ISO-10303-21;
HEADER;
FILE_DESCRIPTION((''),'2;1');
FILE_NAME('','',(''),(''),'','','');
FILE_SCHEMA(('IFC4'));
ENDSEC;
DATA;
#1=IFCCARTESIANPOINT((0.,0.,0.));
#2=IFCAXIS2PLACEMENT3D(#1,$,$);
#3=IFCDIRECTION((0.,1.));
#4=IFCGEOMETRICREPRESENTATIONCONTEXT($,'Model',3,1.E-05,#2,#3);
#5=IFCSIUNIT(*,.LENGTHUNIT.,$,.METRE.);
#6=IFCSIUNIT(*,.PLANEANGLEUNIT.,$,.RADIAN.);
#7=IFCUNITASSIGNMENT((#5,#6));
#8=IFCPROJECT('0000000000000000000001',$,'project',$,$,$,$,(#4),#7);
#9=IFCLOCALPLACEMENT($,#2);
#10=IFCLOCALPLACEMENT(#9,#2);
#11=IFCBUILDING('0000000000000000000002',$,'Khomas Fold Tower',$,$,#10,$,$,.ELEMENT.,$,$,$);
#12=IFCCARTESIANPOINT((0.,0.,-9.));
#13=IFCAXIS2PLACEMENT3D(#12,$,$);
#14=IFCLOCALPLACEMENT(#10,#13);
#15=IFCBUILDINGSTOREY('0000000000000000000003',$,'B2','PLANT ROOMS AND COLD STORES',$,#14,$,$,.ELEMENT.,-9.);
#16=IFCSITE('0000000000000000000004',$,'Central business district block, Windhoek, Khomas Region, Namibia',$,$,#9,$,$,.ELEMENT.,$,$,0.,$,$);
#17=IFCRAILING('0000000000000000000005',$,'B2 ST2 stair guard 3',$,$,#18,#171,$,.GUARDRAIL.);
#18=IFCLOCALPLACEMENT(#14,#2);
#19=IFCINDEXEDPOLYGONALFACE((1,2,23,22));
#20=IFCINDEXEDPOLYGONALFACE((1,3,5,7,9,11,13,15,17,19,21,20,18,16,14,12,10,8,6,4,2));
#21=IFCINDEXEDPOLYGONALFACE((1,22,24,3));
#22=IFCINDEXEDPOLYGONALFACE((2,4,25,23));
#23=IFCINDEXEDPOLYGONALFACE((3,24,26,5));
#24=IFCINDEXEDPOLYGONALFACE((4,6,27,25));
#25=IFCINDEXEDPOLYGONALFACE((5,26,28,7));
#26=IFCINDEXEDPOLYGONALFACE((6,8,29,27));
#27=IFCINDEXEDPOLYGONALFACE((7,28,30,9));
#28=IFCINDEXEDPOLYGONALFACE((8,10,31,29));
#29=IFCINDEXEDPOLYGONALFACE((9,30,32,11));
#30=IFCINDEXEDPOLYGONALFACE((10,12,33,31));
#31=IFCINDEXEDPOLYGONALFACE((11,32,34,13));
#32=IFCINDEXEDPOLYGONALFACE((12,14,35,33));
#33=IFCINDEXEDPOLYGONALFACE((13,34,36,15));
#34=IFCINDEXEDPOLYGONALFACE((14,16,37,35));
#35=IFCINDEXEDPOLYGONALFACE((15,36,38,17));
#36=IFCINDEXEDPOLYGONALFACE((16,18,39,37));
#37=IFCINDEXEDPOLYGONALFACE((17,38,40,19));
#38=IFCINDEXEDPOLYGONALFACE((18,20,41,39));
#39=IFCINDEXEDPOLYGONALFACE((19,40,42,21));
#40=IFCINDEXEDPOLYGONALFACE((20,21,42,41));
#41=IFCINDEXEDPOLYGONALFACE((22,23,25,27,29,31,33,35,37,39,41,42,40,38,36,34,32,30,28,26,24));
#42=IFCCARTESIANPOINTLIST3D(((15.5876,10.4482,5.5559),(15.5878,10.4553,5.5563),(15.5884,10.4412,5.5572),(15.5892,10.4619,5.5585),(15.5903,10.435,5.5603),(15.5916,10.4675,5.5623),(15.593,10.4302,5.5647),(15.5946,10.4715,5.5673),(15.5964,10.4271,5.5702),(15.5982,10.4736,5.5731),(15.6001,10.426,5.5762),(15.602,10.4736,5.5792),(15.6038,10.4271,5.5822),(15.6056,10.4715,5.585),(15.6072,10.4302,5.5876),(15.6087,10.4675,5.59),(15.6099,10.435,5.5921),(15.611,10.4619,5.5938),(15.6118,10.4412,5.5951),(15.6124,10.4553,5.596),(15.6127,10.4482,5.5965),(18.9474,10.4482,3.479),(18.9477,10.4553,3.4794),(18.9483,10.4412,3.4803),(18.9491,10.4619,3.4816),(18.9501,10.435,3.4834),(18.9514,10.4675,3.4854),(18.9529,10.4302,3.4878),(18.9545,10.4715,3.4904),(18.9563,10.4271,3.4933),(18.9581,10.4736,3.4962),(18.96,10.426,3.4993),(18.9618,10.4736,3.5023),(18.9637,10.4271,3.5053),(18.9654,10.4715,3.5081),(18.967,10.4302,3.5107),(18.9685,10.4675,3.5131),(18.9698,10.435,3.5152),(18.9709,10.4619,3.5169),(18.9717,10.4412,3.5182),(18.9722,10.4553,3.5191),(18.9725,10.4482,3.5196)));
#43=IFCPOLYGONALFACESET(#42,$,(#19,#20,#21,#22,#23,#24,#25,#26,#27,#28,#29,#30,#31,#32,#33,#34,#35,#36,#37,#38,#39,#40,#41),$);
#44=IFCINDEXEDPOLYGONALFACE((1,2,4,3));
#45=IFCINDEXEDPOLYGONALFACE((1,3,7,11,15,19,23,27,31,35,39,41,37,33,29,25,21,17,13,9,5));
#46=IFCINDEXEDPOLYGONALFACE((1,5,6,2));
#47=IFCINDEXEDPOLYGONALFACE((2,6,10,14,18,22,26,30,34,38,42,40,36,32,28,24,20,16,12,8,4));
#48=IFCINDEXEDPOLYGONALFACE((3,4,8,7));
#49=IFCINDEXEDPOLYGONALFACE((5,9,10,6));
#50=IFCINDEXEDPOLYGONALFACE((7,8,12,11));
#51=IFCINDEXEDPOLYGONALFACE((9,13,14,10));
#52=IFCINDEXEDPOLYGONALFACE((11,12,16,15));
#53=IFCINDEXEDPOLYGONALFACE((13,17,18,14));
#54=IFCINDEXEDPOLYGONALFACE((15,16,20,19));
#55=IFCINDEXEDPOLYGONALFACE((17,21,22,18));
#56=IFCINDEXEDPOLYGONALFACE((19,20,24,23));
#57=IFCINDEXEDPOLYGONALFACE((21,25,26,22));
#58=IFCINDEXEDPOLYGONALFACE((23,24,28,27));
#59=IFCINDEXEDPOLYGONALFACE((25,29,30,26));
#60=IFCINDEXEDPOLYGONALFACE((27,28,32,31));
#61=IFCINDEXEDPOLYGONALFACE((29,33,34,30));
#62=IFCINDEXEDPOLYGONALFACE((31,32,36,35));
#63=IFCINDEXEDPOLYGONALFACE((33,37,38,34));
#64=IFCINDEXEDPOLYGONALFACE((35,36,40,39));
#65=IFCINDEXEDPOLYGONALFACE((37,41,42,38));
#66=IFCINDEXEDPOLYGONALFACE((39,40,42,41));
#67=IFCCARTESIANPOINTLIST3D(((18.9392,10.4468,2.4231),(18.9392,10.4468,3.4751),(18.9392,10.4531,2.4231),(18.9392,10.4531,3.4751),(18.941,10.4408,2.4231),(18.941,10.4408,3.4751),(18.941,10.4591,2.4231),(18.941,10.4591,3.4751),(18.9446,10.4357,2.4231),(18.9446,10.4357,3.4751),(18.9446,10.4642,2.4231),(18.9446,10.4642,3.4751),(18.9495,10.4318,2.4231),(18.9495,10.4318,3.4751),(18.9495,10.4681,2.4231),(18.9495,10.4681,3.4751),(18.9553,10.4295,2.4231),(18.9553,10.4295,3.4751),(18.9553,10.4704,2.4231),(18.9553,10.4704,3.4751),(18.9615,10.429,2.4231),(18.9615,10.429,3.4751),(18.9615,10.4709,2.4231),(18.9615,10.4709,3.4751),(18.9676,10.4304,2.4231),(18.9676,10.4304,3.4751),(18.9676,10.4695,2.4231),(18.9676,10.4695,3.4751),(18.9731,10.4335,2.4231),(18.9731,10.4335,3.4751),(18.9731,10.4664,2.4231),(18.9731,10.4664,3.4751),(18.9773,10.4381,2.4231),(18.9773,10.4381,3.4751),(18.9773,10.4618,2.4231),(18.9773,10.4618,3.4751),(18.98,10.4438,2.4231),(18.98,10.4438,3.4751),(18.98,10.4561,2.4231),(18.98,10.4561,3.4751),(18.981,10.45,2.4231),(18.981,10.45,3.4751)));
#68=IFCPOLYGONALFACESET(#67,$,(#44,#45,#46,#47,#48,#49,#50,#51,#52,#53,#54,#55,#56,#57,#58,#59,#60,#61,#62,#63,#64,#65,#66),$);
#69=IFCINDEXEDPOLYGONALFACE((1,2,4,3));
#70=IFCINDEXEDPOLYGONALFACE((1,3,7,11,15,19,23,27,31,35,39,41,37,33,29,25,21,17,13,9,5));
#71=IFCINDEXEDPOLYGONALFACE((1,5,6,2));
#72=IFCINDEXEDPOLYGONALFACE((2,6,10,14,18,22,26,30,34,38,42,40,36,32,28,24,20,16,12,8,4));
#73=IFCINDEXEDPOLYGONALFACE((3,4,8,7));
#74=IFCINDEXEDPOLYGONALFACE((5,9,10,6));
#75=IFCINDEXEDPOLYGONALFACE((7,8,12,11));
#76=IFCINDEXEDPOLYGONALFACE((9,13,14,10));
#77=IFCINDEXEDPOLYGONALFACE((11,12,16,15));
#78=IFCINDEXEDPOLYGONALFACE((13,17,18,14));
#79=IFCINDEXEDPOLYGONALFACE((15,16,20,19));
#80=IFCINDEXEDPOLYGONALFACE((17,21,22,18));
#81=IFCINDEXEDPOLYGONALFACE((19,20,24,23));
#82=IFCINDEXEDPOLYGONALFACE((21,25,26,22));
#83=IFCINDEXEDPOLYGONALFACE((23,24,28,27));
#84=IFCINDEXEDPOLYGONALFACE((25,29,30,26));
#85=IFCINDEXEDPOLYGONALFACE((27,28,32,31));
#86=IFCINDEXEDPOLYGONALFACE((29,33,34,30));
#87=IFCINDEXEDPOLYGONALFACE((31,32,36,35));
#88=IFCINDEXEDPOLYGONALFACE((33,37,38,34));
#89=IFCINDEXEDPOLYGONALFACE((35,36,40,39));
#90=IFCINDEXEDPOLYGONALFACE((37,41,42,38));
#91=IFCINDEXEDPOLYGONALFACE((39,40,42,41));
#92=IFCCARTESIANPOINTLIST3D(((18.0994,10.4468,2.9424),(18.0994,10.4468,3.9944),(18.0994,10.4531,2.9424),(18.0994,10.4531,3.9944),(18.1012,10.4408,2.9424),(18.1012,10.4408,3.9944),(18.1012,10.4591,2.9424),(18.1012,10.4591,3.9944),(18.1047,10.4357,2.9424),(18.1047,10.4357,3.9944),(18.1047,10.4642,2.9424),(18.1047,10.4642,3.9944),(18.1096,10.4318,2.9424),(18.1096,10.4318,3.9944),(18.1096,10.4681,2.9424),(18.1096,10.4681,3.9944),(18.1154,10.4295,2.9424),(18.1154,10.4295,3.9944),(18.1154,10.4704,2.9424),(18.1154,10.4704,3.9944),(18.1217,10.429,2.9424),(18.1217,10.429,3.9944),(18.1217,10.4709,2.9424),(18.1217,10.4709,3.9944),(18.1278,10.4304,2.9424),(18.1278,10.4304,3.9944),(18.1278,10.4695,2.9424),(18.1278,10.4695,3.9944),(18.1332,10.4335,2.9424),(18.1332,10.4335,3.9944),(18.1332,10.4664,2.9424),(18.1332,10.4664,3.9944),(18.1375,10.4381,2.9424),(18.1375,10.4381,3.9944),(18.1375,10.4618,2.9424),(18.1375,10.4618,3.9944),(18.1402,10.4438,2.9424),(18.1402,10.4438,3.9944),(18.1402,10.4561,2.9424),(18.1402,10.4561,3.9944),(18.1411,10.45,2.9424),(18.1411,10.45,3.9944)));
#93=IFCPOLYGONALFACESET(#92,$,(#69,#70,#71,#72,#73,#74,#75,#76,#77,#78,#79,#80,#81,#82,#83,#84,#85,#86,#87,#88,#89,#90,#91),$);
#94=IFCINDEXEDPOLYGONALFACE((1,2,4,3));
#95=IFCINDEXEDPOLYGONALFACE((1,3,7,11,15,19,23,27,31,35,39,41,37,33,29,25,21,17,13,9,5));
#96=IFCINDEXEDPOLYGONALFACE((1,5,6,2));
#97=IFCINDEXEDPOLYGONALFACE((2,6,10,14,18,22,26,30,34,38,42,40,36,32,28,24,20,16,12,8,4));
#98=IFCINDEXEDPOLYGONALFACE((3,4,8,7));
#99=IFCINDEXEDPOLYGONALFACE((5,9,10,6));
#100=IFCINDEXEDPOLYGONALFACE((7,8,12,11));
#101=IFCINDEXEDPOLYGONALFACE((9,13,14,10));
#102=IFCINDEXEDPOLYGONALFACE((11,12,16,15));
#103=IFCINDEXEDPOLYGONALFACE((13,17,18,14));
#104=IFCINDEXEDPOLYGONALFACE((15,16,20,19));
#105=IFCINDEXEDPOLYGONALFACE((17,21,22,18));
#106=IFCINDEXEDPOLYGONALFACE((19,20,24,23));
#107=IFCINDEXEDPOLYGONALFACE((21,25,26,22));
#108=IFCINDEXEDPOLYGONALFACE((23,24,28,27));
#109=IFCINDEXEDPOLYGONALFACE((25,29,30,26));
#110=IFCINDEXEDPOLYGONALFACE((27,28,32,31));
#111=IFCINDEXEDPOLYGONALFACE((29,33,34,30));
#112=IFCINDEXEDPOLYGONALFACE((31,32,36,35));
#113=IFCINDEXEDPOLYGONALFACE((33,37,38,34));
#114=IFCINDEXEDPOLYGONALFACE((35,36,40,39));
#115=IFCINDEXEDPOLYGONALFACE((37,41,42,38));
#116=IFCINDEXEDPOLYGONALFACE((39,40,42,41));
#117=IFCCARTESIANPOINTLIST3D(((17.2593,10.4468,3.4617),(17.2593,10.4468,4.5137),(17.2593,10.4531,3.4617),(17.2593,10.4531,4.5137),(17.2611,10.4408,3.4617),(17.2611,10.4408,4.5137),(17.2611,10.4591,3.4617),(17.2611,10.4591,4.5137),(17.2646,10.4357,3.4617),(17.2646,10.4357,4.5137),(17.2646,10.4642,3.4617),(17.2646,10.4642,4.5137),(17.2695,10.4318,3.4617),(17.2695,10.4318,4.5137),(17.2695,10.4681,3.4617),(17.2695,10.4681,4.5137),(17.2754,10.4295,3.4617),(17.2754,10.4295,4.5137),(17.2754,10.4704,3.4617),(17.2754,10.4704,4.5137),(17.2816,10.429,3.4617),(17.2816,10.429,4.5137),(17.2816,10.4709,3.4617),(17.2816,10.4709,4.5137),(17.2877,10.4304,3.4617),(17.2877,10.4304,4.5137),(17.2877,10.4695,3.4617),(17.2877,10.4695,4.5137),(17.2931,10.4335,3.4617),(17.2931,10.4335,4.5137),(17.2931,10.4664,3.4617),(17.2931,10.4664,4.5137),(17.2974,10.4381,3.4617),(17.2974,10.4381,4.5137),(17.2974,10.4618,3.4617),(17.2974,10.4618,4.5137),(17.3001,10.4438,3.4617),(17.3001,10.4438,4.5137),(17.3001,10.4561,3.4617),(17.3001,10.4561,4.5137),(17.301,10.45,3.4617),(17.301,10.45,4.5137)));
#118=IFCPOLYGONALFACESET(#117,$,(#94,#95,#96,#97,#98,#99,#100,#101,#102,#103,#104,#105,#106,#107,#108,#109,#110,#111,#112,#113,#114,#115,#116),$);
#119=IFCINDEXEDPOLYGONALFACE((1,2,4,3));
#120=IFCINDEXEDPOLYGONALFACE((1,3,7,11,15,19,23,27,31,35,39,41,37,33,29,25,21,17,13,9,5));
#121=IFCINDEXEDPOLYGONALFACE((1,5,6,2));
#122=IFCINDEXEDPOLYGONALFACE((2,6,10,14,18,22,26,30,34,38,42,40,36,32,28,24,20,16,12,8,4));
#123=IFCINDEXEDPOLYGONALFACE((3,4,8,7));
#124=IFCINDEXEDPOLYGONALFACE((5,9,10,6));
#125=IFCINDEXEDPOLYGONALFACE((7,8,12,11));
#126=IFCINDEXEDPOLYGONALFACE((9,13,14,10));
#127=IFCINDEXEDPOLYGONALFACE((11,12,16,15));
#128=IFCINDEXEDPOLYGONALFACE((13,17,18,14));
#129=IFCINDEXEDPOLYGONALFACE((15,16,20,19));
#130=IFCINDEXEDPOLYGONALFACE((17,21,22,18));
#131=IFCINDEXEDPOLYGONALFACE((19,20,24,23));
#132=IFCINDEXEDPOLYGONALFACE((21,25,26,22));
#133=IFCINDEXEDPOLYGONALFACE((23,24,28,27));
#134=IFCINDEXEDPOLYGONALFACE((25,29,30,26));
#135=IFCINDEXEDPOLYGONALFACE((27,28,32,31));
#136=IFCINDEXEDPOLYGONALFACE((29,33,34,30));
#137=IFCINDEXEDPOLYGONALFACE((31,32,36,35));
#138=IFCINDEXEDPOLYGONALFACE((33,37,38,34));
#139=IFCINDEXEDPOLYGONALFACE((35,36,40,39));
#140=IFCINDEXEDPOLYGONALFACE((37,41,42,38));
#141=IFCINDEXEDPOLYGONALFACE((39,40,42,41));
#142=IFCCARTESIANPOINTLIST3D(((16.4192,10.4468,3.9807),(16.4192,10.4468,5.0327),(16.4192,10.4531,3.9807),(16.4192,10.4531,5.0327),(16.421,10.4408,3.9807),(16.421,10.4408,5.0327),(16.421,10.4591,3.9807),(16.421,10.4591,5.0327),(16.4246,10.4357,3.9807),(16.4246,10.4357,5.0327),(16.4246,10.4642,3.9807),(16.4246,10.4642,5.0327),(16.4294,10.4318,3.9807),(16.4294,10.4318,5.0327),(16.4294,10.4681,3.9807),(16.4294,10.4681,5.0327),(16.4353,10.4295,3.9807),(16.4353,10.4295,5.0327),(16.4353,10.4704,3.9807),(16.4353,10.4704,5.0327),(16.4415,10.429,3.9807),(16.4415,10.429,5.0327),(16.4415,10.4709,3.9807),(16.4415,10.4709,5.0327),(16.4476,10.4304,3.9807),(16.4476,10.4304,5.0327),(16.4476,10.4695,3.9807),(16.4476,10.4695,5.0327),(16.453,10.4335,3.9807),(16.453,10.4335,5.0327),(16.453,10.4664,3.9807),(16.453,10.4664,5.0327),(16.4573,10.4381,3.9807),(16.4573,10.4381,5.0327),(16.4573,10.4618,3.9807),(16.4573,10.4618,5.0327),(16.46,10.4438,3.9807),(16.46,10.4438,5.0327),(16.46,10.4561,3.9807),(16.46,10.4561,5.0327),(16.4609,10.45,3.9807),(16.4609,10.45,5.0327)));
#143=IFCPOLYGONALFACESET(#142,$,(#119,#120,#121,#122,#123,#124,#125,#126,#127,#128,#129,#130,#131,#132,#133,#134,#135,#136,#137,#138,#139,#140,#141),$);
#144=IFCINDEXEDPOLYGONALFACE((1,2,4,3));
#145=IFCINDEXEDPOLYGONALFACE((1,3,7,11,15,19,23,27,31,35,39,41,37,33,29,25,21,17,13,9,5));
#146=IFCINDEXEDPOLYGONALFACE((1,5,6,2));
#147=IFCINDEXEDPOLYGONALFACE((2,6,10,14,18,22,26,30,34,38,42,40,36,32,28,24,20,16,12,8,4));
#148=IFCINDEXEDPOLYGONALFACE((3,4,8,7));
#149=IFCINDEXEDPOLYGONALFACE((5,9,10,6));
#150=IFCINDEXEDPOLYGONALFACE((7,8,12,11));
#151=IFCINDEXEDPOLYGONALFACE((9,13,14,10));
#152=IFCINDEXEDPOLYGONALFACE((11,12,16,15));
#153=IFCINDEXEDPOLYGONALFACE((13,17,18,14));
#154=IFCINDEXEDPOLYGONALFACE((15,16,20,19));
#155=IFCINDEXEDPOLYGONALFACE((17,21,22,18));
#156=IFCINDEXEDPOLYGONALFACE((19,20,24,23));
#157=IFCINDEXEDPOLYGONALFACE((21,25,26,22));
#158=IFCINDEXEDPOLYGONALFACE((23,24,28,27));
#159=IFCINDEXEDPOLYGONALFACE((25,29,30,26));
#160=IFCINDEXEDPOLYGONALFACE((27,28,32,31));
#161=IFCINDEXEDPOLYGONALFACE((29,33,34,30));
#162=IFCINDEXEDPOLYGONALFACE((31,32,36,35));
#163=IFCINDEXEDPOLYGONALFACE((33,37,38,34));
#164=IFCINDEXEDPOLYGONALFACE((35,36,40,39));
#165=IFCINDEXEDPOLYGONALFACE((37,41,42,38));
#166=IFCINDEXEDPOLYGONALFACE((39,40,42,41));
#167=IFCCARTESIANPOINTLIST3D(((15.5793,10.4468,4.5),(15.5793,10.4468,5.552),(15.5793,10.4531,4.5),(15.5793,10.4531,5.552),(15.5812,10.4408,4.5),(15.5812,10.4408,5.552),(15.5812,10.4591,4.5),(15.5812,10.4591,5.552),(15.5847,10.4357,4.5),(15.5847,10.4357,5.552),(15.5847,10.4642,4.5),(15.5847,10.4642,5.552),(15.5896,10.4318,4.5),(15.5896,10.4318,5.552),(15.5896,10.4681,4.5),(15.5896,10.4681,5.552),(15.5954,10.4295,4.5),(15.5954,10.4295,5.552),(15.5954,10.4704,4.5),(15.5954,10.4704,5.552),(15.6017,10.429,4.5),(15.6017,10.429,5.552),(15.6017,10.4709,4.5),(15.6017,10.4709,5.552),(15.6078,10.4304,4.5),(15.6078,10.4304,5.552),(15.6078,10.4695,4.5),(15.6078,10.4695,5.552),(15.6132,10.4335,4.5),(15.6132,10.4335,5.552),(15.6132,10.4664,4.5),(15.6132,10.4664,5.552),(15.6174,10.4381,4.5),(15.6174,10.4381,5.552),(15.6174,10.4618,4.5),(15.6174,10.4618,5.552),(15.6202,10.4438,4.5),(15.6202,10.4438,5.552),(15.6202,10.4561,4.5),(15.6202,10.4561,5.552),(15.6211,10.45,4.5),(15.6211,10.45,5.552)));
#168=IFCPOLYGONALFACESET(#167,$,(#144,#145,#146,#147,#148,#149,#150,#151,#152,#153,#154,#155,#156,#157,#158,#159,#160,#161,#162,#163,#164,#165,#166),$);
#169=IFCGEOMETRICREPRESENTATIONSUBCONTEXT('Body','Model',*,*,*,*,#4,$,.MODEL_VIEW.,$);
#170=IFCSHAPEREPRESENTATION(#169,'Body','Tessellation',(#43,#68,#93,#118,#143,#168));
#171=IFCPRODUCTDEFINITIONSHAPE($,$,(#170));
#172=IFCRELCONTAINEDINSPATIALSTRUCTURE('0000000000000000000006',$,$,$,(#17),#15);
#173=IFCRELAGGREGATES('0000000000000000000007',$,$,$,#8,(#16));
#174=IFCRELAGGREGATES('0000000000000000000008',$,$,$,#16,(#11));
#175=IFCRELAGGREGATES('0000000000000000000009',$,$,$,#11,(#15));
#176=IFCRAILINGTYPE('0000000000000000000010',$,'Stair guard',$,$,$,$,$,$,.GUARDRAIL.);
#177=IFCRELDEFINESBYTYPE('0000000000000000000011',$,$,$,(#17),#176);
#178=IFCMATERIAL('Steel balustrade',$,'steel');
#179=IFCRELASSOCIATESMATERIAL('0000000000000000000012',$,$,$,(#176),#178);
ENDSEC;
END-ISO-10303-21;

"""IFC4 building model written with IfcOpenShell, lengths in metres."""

from ifc_helpers import new_model, si_unit, direction, frame, origin, origin_2d, place, context, subcontext, project, spatial, circle, extrude, source, transform, mapped, material, type_object, element, save


model = new_model("IFC4")

# Units and contexts
model_context = context("Model", 3, precision=1e-05, world=origin(), true_north=direction((0.0, 1.0)))
body_context = subcontext(model_context, "Body", "Model", "MODEL_VIEW")
ifc_project = project(units=[si_unit("LENGTHUNIT", "METRE"), si_unit("PLANEANGLEUNIT", "RADIAN")], contexts=[model_context])

# Site, building, storey
site_placement = place(None, origin())
site = spatial("IfcSite", under=ifc_project, at=site_placement, Name="Central business district block, Windhoek, Khomas Region, Namibia", CompositionType="ELEMENT", RefElevation=0.0)
building_placement = place(site_placement, origin())
building = spatial("IfcBuilding", under=site, at=building_placement, Name="Khomas Fold Tower", CompositionType="ELEMENT")
storey_placement = place(building_placement, frame((0.0, 0.0, -9.0)))
storey = spatial("IfcBuildingStorey", under=building, at=storey_placement, Name="B2", Description="PLANT ROOMS AND COLD STORES", CompositionType="ELEMENT", Elevation=-9.0)

# Railing
ifc_material_1 = material(Name="Steel balustrade", Category="steel")
railing_type_1 = type_object("IfcRailingType", Name="Stair guard", PredefinedType="GUARDRAIL", material=ifc_material_1)
shared_shape_1 = source(origin(), body_context, "Body", "SweptSolid", [
    extrude(circle(Radius=0.0239, at=origin_2d()), frame((0.0, 0.0, 1.0762), z_axis=(-0.850606, 0.0, 0.525803), x_axis=(0.0, -1.0, 0.0)), (0.0, 0.0, 1.0), 3.95),
    extrude(circle(Radius=0.021, at=origin_2d()), origin(), (0.0, 0.0, 1.0), 1.052),
    extrude(circle(Radius=0.021, at=origin_2d()), frame((-0.8398, 0.0, 0.5193)), (0.0, 0.0, 1.0), 1.052),
    extrude(circle(Radius=0.021, at=origin_2d()), frame((-1.6799, 0.0, 1.0386)), (0.0, 0.0, 1.0), 1.052),
    extrude(circle(Radius=0.021, at=origin_2d()), frame((-2.52, 0.0, 1.5576)), (0.0, 0.0, 1.0), 1.052),
    extrude(circle(Radius=0.021, at=origin_2d()), frame((-3.3599, 0.0, 2.0769)), (0.0, 0.0, 1.0), 1.052),
])
railing_1_placement = place(storey_placement, frame((18.96, 10.45, 2.4231)))
element("IfcRailing", 1, at=railing_1_placement, inside=storey, type_object=railing_type_1, Name="B2 ST2 stair guard 3", PredefinedType="GUARDRAIL", context=body_context, shape_type="MappedRepresentation", body=[
    mapped(shared_shape_1, transform((0.0, 0.0, 0.0))),
])

save(model, "model.ifc")
